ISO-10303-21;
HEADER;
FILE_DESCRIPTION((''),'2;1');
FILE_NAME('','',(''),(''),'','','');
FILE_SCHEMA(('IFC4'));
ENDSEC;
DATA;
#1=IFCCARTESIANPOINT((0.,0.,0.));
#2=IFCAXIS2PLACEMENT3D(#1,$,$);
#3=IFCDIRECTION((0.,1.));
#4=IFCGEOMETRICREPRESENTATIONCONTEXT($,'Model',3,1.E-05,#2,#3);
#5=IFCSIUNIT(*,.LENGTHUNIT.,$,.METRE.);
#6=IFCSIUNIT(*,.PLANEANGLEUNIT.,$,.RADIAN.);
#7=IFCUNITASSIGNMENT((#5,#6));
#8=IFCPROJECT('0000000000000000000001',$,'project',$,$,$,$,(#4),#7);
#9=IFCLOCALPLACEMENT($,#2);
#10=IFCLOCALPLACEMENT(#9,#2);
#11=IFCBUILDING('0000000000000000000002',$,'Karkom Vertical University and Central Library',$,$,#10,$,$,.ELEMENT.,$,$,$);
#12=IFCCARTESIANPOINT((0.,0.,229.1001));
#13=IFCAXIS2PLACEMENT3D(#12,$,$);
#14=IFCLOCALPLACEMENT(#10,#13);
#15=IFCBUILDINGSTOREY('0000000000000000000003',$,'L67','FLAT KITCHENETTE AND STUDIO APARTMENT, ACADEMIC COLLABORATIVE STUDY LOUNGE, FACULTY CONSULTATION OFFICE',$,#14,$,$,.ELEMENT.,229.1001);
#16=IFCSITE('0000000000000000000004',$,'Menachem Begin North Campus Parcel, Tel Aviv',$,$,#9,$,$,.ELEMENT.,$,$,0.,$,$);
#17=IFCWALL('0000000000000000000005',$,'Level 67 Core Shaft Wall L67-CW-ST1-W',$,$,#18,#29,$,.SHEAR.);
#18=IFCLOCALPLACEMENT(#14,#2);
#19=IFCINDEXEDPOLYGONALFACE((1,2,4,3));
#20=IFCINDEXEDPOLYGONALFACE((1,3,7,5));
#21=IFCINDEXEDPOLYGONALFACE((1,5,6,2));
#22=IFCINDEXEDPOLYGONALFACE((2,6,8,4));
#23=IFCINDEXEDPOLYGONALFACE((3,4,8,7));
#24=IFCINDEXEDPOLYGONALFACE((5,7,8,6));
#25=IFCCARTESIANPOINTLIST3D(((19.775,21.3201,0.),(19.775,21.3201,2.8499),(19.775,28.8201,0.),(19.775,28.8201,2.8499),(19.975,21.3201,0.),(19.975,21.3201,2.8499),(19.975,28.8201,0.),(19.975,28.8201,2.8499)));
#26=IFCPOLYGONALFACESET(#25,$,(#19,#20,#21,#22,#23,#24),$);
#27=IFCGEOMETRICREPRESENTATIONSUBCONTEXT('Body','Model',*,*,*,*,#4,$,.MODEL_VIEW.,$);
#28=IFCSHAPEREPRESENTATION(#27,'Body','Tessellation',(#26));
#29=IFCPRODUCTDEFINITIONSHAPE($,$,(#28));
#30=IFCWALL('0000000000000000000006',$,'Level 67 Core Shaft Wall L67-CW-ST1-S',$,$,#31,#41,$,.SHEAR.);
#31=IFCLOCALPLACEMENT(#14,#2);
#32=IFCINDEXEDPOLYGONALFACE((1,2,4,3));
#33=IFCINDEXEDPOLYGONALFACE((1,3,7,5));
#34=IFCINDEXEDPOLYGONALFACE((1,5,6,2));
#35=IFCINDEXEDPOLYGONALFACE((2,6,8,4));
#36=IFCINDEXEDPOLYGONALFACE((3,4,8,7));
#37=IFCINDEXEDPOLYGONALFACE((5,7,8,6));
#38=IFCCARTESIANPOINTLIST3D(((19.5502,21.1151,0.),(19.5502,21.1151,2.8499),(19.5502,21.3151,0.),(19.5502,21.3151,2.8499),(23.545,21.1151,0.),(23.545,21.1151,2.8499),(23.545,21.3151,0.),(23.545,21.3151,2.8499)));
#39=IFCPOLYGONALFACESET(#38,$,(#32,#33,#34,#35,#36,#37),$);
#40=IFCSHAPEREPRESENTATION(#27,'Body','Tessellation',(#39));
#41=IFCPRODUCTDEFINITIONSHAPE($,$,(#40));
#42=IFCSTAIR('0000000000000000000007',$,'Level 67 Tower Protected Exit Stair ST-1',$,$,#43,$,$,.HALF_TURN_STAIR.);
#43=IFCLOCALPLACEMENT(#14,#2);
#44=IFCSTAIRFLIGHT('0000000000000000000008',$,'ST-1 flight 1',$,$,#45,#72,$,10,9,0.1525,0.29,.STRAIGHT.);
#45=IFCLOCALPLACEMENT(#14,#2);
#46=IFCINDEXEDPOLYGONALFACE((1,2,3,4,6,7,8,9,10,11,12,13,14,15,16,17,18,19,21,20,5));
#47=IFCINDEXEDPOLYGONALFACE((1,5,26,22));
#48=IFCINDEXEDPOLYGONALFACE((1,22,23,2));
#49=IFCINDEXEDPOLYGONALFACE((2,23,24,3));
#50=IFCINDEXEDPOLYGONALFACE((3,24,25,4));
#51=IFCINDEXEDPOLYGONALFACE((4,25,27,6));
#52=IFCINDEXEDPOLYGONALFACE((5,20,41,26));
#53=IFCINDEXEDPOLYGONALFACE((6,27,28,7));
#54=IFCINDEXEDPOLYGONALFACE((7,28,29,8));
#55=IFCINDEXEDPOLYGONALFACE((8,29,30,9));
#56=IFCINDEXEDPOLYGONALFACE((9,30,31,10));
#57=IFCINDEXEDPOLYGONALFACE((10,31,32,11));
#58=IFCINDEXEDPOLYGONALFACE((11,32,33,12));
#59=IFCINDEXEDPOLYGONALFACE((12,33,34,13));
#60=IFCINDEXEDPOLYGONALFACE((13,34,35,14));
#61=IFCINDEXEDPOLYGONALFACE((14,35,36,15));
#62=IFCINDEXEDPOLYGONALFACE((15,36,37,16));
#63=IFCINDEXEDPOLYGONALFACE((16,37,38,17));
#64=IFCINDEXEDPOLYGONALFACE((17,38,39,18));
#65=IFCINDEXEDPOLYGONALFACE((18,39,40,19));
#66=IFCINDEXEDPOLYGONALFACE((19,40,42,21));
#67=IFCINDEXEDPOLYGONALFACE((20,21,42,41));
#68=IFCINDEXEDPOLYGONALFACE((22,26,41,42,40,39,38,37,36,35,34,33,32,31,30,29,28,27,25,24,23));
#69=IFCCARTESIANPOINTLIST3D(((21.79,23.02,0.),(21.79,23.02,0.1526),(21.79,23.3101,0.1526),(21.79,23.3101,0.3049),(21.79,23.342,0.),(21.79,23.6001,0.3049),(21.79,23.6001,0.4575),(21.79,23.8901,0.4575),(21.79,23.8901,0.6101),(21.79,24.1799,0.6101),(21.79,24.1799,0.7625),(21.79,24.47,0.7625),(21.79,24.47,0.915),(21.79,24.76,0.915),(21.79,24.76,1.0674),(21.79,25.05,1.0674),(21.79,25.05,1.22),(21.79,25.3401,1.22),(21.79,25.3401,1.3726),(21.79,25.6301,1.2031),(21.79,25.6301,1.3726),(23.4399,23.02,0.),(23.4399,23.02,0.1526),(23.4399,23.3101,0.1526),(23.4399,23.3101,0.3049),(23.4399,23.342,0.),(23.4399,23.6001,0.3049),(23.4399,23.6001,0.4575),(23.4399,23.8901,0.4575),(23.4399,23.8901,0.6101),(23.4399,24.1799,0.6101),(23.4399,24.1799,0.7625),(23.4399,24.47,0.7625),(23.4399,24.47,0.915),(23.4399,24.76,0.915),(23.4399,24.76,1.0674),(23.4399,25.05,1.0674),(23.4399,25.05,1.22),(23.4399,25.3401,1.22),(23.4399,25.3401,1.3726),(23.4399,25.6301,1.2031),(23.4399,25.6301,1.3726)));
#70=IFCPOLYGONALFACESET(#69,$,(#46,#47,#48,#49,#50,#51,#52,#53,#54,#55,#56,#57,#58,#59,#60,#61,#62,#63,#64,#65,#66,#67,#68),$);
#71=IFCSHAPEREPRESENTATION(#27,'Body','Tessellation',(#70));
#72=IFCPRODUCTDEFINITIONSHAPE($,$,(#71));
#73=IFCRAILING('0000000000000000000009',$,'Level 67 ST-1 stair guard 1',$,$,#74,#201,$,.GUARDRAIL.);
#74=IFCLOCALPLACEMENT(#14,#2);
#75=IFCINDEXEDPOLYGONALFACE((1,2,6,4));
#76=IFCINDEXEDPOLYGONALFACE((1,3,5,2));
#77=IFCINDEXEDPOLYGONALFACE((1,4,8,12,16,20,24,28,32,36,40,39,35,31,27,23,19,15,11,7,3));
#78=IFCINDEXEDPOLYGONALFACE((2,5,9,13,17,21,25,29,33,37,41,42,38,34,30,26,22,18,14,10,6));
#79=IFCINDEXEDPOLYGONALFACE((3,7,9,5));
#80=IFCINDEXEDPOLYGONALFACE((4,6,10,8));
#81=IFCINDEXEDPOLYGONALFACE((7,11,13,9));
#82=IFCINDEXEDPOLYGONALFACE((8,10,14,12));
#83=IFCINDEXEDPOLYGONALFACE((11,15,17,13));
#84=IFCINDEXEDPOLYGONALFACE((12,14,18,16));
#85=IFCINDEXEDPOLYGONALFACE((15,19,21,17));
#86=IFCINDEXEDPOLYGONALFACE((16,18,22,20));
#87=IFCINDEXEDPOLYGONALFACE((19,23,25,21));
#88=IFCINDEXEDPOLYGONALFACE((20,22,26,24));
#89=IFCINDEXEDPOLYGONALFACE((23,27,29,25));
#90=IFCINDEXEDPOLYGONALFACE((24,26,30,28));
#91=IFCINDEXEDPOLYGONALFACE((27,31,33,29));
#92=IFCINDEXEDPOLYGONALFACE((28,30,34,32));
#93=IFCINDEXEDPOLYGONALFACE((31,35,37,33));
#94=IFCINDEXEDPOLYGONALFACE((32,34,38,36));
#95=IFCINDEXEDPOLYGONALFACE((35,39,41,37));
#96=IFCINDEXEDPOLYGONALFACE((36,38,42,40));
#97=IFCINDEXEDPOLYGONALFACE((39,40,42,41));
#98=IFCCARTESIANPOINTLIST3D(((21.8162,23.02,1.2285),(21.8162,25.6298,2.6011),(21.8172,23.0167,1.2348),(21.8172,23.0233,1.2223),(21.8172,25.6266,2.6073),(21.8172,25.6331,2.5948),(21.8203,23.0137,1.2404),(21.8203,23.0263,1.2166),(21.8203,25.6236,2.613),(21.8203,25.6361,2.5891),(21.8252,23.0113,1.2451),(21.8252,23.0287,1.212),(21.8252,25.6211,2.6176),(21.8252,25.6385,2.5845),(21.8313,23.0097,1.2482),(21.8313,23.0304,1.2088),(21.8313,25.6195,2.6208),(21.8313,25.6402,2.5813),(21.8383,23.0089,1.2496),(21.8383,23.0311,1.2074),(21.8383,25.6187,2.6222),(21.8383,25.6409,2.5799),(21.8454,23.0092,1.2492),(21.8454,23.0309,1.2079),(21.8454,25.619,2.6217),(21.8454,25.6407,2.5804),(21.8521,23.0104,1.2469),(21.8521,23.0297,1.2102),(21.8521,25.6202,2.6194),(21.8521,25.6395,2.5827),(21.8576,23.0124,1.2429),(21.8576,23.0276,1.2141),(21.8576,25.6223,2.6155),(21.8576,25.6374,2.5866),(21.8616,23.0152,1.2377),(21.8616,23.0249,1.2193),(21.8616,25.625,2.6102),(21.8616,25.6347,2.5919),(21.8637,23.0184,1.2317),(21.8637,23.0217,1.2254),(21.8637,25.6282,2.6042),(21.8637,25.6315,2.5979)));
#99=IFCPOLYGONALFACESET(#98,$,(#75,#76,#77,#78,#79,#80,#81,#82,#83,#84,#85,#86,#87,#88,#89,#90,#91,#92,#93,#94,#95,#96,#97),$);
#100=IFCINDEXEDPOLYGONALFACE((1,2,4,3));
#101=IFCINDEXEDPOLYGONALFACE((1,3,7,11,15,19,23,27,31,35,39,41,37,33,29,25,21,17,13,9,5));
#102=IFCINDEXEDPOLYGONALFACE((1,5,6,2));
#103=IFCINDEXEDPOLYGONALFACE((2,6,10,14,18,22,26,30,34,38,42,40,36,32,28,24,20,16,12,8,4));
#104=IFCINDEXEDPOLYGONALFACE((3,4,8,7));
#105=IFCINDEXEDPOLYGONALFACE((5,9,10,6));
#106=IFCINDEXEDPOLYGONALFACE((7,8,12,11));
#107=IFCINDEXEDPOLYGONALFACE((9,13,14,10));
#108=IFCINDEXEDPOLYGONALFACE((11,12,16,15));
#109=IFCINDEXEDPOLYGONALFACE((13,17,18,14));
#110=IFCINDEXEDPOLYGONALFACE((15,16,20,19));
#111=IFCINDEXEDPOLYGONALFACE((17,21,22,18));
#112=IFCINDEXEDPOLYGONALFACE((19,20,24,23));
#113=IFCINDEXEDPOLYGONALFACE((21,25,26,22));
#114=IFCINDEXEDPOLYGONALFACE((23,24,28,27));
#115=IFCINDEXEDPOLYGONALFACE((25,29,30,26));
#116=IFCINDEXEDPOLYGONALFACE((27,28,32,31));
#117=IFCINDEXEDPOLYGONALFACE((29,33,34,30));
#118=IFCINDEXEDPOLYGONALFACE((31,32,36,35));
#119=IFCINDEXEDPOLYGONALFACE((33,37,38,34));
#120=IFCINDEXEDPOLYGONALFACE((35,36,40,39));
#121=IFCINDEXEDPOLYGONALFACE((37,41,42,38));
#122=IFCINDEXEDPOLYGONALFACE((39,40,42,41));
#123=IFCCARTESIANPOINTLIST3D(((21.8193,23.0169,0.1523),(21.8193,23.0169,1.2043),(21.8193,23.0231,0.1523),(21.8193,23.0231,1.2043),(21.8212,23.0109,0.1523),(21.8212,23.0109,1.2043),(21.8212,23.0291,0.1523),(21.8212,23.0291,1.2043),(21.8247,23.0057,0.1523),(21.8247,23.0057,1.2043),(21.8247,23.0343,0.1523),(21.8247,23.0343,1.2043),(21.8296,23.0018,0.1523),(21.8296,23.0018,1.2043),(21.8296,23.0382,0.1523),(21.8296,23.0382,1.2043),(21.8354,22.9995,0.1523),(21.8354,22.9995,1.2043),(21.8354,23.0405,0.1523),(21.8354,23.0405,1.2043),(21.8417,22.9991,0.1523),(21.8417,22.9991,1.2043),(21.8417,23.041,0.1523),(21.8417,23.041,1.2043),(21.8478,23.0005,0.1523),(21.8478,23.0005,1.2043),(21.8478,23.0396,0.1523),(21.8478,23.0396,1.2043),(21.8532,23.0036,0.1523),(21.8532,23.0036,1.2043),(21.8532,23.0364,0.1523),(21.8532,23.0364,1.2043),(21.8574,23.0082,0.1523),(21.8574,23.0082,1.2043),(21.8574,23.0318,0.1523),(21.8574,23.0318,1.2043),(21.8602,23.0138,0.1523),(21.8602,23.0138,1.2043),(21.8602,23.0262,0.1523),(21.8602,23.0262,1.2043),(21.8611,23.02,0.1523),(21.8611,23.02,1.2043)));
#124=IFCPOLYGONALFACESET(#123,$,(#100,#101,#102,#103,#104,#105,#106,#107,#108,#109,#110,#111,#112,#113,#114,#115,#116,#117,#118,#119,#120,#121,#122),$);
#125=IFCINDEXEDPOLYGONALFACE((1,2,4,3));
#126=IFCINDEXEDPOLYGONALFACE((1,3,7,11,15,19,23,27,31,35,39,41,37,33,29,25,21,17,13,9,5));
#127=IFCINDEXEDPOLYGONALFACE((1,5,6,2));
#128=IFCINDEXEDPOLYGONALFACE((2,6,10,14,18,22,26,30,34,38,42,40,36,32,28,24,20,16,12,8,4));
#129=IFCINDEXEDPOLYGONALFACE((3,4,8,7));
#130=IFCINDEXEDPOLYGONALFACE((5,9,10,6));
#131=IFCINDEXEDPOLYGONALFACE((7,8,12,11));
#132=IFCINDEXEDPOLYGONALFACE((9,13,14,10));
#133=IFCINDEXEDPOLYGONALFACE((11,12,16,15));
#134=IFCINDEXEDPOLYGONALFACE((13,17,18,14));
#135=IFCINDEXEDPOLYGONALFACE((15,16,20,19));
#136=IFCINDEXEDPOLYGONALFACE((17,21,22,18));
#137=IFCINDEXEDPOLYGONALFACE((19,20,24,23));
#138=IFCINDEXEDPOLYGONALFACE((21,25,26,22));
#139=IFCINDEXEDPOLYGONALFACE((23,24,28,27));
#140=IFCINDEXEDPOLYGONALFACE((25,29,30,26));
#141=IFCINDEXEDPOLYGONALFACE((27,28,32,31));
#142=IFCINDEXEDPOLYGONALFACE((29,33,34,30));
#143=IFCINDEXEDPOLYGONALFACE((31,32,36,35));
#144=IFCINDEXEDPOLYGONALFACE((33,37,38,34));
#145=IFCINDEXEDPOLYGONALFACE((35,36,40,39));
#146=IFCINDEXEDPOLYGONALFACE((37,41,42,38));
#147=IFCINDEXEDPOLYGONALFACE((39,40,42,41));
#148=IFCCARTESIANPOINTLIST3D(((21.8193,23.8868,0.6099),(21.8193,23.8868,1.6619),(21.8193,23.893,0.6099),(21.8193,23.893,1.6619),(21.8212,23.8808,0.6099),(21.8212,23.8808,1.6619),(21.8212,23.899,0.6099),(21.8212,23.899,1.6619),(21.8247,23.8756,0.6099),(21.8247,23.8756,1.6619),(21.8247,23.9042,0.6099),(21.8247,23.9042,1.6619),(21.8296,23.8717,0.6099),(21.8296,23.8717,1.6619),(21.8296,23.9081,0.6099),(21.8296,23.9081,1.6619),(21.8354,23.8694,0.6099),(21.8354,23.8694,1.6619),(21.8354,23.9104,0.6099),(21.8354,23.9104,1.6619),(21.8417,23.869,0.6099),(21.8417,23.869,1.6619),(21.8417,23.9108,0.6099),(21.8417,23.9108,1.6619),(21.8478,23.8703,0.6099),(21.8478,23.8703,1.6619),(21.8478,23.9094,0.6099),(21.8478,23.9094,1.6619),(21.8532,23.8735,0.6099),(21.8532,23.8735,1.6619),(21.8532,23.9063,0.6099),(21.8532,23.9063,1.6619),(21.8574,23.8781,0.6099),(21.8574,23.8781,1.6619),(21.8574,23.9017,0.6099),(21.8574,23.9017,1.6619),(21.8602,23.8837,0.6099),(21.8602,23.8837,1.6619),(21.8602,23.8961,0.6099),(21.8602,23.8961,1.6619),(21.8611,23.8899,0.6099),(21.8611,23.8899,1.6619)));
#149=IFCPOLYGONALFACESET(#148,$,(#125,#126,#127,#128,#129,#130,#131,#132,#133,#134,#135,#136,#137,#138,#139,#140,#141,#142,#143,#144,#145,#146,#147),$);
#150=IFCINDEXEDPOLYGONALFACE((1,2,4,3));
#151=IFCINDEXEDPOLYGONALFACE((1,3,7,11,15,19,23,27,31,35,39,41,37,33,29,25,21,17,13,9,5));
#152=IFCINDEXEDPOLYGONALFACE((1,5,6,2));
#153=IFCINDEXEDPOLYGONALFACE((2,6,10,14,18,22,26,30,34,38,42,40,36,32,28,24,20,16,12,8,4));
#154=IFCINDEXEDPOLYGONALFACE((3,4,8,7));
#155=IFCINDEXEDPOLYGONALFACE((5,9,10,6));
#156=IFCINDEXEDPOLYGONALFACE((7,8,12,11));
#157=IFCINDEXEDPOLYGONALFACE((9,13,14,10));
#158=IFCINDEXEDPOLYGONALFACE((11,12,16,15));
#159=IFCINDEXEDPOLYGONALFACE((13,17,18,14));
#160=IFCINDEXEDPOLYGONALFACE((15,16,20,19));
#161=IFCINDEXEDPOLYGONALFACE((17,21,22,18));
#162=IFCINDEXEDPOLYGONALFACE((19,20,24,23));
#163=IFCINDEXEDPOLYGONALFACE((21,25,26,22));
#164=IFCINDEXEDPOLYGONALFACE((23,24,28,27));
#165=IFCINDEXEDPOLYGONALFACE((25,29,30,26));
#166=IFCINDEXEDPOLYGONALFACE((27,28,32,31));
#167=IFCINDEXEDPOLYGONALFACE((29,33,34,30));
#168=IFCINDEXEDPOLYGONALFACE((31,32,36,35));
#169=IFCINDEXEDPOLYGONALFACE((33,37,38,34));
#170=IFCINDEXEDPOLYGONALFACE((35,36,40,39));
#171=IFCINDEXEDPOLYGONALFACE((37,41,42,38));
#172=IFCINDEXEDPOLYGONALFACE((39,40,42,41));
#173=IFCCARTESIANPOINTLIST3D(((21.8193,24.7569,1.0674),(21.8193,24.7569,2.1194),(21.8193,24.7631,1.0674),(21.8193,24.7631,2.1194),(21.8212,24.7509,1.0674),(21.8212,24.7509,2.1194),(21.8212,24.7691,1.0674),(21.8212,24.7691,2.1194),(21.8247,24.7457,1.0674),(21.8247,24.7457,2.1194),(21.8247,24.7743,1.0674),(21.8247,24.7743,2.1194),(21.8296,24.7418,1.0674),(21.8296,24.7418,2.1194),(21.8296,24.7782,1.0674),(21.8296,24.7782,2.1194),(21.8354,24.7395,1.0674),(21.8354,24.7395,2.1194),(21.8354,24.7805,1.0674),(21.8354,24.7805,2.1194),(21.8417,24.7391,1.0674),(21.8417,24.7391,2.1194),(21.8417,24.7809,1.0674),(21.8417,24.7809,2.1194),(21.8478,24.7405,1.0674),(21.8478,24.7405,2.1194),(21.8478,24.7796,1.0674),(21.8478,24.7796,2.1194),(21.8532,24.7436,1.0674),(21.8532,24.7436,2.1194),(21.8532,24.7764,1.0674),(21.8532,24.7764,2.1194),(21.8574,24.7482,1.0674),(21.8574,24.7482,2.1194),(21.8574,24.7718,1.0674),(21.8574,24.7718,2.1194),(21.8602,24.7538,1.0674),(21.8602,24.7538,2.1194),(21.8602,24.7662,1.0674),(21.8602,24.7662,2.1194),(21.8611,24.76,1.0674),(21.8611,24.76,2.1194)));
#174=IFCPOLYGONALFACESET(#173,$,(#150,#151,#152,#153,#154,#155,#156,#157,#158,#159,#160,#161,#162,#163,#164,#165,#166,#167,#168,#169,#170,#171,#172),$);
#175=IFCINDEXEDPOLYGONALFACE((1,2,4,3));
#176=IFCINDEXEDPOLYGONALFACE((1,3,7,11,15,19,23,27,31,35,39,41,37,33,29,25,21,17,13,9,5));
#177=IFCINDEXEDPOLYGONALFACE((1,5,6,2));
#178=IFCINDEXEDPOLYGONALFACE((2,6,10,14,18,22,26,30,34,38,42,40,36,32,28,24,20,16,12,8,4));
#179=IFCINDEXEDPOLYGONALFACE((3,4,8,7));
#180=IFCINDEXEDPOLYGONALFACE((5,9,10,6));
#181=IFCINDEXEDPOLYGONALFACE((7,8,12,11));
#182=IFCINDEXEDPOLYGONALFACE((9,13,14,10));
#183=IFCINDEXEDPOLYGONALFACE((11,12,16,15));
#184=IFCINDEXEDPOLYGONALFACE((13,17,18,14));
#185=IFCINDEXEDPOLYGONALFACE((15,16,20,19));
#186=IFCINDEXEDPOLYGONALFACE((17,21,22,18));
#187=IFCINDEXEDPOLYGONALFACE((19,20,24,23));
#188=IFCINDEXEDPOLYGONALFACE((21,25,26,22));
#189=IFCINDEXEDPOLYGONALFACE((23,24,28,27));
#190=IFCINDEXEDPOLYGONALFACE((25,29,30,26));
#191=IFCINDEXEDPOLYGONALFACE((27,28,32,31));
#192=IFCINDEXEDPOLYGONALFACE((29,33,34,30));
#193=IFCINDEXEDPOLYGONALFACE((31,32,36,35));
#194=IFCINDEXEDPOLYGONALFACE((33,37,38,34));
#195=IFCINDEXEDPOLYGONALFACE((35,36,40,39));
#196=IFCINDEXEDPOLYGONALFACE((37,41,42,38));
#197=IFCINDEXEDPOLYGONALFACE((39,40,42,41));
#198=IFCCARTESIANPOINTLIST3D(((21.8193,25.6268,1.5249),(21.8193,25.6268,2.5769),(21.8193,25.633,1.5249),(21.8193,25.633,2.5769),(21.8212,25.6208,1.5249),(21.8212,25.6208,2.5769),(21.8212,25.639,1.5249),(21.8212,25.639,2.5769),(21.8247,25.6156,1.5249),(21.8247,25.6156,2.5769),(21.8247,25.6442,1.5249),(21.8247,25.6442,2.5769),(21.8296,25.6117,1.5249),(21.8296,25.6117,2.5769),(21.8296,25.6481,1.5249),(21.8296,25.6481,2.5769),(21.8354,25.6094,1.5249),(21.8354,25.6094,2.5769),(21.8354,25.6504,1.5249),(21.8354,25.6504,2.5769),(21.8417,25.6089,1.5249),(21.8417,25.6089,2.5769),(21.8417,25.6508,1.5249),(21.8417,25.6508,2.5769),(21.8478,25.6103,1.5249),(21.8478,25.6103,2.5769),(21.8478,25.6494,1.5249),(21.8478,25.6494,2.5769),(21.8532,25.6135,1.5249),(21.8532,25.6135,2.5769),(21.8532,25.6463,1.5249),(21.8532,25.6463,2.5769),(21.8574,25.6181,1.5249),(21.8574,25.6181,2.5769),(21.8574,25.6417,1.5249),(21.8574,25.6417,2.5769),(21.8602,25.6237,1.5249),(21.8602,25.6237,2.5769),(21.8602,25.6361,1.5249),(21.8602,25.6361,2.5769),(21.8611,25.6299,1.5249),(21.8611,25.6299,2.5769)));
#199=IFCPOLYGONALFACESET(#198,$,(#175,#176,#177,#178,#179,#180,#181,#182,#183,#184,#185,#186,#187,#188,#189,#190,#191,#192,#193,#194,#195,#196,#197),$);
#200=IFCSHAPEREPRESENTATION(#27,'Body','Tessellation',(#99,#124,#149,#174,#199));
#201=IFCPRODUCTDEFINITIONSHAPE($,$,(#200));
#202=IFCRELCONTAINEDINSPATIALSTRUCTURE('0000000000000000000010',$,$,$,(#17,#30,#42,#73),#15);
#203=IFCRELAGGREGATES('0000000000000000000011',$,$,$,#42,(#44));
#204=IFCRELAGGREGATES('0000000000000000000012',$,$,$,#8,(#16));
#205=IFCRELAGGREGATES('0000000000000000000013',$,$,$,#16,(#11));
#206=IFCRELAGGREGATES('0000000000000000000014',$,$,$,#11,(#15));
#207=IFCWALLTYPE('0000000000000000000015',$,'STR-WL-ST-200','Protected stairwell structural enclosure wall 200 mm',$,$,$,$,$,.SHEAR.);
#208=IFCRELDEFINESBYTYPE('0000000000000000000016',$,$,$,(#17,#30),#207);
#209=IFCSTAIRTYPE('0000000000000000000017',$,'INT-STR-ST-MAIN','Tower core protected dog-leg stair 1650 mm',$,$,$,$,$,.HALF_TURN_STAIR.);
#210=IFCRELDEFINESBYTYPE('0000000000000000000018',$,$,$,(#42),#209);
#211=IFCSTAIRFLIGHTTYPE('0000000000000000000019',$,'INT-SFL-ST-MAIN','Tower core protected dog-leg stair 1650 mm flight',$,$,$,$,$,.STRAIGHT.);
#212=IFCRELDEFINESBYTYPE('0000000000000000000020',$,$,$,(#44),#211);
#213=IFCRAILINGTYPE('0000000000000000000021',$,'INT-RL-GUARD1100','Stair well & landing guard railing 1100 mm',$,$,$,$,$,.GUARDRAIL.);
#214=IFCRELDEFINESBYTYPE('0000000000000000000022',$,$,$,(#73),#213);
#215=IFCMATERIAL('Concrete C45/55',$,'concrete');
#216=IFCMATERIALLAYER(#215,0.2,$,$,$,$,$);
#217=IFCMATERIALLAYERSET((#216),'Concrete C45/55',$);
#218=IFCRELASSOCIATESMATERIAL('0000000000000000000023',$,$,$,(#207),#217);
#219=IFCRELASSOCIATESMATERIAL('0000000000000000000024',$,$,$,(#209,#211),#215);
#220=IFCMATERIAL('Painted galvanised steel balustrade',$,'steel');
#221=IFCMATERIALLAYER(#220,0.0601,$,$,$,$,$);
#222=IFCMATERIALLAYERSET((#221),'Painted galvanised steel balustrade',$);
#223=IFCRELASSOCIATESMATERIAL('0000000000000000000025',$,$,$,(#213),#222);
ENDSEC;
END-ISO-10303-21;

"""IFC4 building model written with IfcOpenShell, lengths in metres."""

from ifc_helpers import new_model, si_unit, direction, frame, frame_2d, origin, origin_2d, place, context, subcontext, project, spatial, polyline, rectangle, circle, outline, extrude, material, layer, layer_set, type_object, element, aggregate, save


model = new_model("IFC4")

# Units and contexts
model_context = context("Model", 3, precision=1e-05, world=origin(), true_north=direction((0.0, 1.0)))
body_context = subcontext(model_context, "Body", "Model", "MODEL_VIEW")
ifc_project = project(units=[si_unit("LENGTHUNIT", "METRE"), si_unit("PLANEANGLEUNIT", "RADIAN")], contexts=[model_context])

# Site, building, storey
site_placement = place(None, origin())
site = spatial("IfcSite", under=ifc_project, at=site_placement, Name="Menachem Begin North Campus Parcel, Tel Aviv", CompositionType="ELEMENT", RefElevation=0.0)
building_placement = place(site_placement, origin())
building = spatial("IfcBuilding", under=site, at=building_placement, Name="Karkom Vertical University and Central Library", CompositionType="ELEMENT")
storey_placement = place(building_placement, frame((0.0, 0.0, 229.1001)))
storey = spatial("IfcBuildingStorey", under=building, at=storey_placement, Name="L67", Description="FLAT KITCHENETTE AND STUDIO APARTMENT, ACADEMIC COLLABORATIVE STUDY LOUNGE, FACULTY CONSULTATION OFFICE", CompositionType="ELEMENT", Elevation=229.1001)

# Shared definitions
ifc_material_1 = material(Name="Concrete C45/55", Category="concrete")

# Shared definitions
ifc_layer_1 = layer(ifc_material_1, 0.2)
ifc_layer_set_1 = layer_set([ifc_layer_1], Name="Concrete C45/55")
wall_type_1 = type_object("IfcWallType", Name="STR-WL-ST-200", Description="Protected stairwell structural enclosure wall 200 mm", PredefinedType="SHEAR", material=ifc_layer_set_1)

# Walls
wall_1_placement = place(storey_placement, frame((19.875, 21.3201, 0.0), z_axis=(0.0, 0.0, 1.0), x_axis=(0.0, 1.0, 0.0)))
element("IfcWall", 1, at=wall_1_placement, inside=storey, type_object=wall_type_1, Name="Level 67 Core Shaft Wall L67-CW-ST1-W", PredefinedType="SHEAR", context=body_context, shape_type="SweptSolid", body=[
    extrude(rectangle(XDim=7.5, YDim=0.2, at=frame_2d((3.75, 0.0))), origin(), (0.0, 0.0, 1.0), 2.8499),
])
wall_2_placement = place(storey_placement, frame((19.55, 21.2151, 0.0), z_axis=(0.0, 0.0, 1.0), x_axis=(1.0, 0.0, 0.0)))
element("IfcWall", 2, at=wall_2_placement, inside=storey, type_object=wall_type_1, Name="Level 67 Core Shaft Wall L67-CW-ST1-S", PredefinedType="SHEAR", context=body_context, shape_type="SweptSolid", body=[
    extrude(rectangle(XDim=3.9949, YDim=0.2, at=frame_2d((1.9976, 0.0))), origin(), (0.0, 0.0, 1.0), 2.8499),
])

# Stair, stair flight
stair_type = type_object("IfcStairType", Name="INT-STR-ST-MAIN", Description="Tower core protected dog-leg stair 1650 mm", PredefinedType="HALF_TURN_STAIR", material=ifc_material_1)
stair_placement = place(storey_placement, origin())
stair = element("IfcStair", 3, at=stair_placement, inside=storey, type_object=stair_type, Name="Level 67 Tower Protected Exit Stair ST-1", PredefinedType="HALF_TURN_STAIR")
stair_flight_type = type_object("IfcStairFlightType", Name="INT-SFL-ST-MAIN", Description="Tower core protected dog-leg stair 1650 mm flight", PredefinedType="STRAIGHT", material=ifc_material_1)
stair_flight_placement = place(storey_placement, frame((22.615, 23.02, 0.0), z_axis=(0.0, 0.0, 1.0), x_axis=(0.0, 1.0, 0.0)))
stair_flight = element("IfcStairFlight", 4, at=stair_flight_placement, type_object=stair_flight_type, Name="ST-1 flight 1", NumberOfRisers=10, NumberOfTreads=9, PredefinedType="STRAIGHT", RiserHeight=0.1525, TreadLength=0.29, context=body_context, shape_type="SweptSolid", body=[
    extrude(outline(polyline([(0.0, 0.0), (0.0, 0.1526), (0.29, 0.1526), (0.29, 0.3049), (0.5801, 0.3049), (0.5801, 0.4575), (0.8701, 0.4575), (0.8701, 0.6101), (1.1599, 0.6101), (1.1599, 0.7625), (1.45, 0.7625), (1.45, 0.915), (1.74, 0.915), (1.74, 1.0674), (2.03, 1.0674), (2.03, 1.22), (2.3201, 1.22), (2.3201, 1.3726), (2.6101, 1.3726), (2.6101, 1.5249), (2.6101, 1.2031), (0.322, 0.0), (0.0, 0.0)])), frame((0.0, 0.825, 0.0), z_axis=(0.0, -1.0, 0.0), x_axis=(1.0, 0.0, 0.0)), (0.0, 0.0, 1.0), 1.6499),
])
aggregate(stair, [stair_flight])

# Railing
ifc_material_2 = material(Name="Painted galvanised steel balustrade", Category="steel")
ifc_layer_2 = layer(ifc_material_2, 0.0601)
ifc_layer_set_2 = layer_set([ifc_layer_2], Name="Painted galvanised steel balustrade")
railing_type_1 = type_object("IfcRailingType", Name="INT-RL-GUARD1100", Description="Stair well & landing guard railing 1100 mm", PredefinedType="GUARDRAIL", material=ifc_layer_set_2)
railing_1_placement = place(storey_placement, frame((21.8401, 23.02, 0.1523)))
element("IfcRailing", 5, at=railing_1_placement, inside=storey, type_object=railing_type_1, Name="Level 67 ST-1 stair guard 1", PredefinedType="GUARDRAIL", context=body_context, shape_type="SweptSolid", body=[
    extrude(circle(Radius=0.0239, at=origin_2d()), frame((0.0, 0.0, 1.0762), z_axis=(0.0, 0.885065, 0.465467), x_axis=(-1.0, 0.0, 0.0)), (0.0, 0.0, 1.0), 2.9487),
    extrude(circle(Radius=0.021, at=origin_2d()), origin(), (0.0, 0.0, 1.0), 1.052),
    extrude(circle(Radius=0.021, at=origin_2d()), frame((0.0, 0.8699, 0.4575)), (0.0, 0.0, 1.0), 1.052),
    extrude(circle(Radius=0.021, at=origin_2d()), frame((0.0, 1.74, 0.915)), (0.0, 0.0, 1.0), 1.052),
    extrude(circle(Radius=0.021, at=origin_2d()), frame((0.0, 2.6099, 1.3726)), (0.0, 0.0, 1.0), 1.052),
])

save(model, "model.ifc")
